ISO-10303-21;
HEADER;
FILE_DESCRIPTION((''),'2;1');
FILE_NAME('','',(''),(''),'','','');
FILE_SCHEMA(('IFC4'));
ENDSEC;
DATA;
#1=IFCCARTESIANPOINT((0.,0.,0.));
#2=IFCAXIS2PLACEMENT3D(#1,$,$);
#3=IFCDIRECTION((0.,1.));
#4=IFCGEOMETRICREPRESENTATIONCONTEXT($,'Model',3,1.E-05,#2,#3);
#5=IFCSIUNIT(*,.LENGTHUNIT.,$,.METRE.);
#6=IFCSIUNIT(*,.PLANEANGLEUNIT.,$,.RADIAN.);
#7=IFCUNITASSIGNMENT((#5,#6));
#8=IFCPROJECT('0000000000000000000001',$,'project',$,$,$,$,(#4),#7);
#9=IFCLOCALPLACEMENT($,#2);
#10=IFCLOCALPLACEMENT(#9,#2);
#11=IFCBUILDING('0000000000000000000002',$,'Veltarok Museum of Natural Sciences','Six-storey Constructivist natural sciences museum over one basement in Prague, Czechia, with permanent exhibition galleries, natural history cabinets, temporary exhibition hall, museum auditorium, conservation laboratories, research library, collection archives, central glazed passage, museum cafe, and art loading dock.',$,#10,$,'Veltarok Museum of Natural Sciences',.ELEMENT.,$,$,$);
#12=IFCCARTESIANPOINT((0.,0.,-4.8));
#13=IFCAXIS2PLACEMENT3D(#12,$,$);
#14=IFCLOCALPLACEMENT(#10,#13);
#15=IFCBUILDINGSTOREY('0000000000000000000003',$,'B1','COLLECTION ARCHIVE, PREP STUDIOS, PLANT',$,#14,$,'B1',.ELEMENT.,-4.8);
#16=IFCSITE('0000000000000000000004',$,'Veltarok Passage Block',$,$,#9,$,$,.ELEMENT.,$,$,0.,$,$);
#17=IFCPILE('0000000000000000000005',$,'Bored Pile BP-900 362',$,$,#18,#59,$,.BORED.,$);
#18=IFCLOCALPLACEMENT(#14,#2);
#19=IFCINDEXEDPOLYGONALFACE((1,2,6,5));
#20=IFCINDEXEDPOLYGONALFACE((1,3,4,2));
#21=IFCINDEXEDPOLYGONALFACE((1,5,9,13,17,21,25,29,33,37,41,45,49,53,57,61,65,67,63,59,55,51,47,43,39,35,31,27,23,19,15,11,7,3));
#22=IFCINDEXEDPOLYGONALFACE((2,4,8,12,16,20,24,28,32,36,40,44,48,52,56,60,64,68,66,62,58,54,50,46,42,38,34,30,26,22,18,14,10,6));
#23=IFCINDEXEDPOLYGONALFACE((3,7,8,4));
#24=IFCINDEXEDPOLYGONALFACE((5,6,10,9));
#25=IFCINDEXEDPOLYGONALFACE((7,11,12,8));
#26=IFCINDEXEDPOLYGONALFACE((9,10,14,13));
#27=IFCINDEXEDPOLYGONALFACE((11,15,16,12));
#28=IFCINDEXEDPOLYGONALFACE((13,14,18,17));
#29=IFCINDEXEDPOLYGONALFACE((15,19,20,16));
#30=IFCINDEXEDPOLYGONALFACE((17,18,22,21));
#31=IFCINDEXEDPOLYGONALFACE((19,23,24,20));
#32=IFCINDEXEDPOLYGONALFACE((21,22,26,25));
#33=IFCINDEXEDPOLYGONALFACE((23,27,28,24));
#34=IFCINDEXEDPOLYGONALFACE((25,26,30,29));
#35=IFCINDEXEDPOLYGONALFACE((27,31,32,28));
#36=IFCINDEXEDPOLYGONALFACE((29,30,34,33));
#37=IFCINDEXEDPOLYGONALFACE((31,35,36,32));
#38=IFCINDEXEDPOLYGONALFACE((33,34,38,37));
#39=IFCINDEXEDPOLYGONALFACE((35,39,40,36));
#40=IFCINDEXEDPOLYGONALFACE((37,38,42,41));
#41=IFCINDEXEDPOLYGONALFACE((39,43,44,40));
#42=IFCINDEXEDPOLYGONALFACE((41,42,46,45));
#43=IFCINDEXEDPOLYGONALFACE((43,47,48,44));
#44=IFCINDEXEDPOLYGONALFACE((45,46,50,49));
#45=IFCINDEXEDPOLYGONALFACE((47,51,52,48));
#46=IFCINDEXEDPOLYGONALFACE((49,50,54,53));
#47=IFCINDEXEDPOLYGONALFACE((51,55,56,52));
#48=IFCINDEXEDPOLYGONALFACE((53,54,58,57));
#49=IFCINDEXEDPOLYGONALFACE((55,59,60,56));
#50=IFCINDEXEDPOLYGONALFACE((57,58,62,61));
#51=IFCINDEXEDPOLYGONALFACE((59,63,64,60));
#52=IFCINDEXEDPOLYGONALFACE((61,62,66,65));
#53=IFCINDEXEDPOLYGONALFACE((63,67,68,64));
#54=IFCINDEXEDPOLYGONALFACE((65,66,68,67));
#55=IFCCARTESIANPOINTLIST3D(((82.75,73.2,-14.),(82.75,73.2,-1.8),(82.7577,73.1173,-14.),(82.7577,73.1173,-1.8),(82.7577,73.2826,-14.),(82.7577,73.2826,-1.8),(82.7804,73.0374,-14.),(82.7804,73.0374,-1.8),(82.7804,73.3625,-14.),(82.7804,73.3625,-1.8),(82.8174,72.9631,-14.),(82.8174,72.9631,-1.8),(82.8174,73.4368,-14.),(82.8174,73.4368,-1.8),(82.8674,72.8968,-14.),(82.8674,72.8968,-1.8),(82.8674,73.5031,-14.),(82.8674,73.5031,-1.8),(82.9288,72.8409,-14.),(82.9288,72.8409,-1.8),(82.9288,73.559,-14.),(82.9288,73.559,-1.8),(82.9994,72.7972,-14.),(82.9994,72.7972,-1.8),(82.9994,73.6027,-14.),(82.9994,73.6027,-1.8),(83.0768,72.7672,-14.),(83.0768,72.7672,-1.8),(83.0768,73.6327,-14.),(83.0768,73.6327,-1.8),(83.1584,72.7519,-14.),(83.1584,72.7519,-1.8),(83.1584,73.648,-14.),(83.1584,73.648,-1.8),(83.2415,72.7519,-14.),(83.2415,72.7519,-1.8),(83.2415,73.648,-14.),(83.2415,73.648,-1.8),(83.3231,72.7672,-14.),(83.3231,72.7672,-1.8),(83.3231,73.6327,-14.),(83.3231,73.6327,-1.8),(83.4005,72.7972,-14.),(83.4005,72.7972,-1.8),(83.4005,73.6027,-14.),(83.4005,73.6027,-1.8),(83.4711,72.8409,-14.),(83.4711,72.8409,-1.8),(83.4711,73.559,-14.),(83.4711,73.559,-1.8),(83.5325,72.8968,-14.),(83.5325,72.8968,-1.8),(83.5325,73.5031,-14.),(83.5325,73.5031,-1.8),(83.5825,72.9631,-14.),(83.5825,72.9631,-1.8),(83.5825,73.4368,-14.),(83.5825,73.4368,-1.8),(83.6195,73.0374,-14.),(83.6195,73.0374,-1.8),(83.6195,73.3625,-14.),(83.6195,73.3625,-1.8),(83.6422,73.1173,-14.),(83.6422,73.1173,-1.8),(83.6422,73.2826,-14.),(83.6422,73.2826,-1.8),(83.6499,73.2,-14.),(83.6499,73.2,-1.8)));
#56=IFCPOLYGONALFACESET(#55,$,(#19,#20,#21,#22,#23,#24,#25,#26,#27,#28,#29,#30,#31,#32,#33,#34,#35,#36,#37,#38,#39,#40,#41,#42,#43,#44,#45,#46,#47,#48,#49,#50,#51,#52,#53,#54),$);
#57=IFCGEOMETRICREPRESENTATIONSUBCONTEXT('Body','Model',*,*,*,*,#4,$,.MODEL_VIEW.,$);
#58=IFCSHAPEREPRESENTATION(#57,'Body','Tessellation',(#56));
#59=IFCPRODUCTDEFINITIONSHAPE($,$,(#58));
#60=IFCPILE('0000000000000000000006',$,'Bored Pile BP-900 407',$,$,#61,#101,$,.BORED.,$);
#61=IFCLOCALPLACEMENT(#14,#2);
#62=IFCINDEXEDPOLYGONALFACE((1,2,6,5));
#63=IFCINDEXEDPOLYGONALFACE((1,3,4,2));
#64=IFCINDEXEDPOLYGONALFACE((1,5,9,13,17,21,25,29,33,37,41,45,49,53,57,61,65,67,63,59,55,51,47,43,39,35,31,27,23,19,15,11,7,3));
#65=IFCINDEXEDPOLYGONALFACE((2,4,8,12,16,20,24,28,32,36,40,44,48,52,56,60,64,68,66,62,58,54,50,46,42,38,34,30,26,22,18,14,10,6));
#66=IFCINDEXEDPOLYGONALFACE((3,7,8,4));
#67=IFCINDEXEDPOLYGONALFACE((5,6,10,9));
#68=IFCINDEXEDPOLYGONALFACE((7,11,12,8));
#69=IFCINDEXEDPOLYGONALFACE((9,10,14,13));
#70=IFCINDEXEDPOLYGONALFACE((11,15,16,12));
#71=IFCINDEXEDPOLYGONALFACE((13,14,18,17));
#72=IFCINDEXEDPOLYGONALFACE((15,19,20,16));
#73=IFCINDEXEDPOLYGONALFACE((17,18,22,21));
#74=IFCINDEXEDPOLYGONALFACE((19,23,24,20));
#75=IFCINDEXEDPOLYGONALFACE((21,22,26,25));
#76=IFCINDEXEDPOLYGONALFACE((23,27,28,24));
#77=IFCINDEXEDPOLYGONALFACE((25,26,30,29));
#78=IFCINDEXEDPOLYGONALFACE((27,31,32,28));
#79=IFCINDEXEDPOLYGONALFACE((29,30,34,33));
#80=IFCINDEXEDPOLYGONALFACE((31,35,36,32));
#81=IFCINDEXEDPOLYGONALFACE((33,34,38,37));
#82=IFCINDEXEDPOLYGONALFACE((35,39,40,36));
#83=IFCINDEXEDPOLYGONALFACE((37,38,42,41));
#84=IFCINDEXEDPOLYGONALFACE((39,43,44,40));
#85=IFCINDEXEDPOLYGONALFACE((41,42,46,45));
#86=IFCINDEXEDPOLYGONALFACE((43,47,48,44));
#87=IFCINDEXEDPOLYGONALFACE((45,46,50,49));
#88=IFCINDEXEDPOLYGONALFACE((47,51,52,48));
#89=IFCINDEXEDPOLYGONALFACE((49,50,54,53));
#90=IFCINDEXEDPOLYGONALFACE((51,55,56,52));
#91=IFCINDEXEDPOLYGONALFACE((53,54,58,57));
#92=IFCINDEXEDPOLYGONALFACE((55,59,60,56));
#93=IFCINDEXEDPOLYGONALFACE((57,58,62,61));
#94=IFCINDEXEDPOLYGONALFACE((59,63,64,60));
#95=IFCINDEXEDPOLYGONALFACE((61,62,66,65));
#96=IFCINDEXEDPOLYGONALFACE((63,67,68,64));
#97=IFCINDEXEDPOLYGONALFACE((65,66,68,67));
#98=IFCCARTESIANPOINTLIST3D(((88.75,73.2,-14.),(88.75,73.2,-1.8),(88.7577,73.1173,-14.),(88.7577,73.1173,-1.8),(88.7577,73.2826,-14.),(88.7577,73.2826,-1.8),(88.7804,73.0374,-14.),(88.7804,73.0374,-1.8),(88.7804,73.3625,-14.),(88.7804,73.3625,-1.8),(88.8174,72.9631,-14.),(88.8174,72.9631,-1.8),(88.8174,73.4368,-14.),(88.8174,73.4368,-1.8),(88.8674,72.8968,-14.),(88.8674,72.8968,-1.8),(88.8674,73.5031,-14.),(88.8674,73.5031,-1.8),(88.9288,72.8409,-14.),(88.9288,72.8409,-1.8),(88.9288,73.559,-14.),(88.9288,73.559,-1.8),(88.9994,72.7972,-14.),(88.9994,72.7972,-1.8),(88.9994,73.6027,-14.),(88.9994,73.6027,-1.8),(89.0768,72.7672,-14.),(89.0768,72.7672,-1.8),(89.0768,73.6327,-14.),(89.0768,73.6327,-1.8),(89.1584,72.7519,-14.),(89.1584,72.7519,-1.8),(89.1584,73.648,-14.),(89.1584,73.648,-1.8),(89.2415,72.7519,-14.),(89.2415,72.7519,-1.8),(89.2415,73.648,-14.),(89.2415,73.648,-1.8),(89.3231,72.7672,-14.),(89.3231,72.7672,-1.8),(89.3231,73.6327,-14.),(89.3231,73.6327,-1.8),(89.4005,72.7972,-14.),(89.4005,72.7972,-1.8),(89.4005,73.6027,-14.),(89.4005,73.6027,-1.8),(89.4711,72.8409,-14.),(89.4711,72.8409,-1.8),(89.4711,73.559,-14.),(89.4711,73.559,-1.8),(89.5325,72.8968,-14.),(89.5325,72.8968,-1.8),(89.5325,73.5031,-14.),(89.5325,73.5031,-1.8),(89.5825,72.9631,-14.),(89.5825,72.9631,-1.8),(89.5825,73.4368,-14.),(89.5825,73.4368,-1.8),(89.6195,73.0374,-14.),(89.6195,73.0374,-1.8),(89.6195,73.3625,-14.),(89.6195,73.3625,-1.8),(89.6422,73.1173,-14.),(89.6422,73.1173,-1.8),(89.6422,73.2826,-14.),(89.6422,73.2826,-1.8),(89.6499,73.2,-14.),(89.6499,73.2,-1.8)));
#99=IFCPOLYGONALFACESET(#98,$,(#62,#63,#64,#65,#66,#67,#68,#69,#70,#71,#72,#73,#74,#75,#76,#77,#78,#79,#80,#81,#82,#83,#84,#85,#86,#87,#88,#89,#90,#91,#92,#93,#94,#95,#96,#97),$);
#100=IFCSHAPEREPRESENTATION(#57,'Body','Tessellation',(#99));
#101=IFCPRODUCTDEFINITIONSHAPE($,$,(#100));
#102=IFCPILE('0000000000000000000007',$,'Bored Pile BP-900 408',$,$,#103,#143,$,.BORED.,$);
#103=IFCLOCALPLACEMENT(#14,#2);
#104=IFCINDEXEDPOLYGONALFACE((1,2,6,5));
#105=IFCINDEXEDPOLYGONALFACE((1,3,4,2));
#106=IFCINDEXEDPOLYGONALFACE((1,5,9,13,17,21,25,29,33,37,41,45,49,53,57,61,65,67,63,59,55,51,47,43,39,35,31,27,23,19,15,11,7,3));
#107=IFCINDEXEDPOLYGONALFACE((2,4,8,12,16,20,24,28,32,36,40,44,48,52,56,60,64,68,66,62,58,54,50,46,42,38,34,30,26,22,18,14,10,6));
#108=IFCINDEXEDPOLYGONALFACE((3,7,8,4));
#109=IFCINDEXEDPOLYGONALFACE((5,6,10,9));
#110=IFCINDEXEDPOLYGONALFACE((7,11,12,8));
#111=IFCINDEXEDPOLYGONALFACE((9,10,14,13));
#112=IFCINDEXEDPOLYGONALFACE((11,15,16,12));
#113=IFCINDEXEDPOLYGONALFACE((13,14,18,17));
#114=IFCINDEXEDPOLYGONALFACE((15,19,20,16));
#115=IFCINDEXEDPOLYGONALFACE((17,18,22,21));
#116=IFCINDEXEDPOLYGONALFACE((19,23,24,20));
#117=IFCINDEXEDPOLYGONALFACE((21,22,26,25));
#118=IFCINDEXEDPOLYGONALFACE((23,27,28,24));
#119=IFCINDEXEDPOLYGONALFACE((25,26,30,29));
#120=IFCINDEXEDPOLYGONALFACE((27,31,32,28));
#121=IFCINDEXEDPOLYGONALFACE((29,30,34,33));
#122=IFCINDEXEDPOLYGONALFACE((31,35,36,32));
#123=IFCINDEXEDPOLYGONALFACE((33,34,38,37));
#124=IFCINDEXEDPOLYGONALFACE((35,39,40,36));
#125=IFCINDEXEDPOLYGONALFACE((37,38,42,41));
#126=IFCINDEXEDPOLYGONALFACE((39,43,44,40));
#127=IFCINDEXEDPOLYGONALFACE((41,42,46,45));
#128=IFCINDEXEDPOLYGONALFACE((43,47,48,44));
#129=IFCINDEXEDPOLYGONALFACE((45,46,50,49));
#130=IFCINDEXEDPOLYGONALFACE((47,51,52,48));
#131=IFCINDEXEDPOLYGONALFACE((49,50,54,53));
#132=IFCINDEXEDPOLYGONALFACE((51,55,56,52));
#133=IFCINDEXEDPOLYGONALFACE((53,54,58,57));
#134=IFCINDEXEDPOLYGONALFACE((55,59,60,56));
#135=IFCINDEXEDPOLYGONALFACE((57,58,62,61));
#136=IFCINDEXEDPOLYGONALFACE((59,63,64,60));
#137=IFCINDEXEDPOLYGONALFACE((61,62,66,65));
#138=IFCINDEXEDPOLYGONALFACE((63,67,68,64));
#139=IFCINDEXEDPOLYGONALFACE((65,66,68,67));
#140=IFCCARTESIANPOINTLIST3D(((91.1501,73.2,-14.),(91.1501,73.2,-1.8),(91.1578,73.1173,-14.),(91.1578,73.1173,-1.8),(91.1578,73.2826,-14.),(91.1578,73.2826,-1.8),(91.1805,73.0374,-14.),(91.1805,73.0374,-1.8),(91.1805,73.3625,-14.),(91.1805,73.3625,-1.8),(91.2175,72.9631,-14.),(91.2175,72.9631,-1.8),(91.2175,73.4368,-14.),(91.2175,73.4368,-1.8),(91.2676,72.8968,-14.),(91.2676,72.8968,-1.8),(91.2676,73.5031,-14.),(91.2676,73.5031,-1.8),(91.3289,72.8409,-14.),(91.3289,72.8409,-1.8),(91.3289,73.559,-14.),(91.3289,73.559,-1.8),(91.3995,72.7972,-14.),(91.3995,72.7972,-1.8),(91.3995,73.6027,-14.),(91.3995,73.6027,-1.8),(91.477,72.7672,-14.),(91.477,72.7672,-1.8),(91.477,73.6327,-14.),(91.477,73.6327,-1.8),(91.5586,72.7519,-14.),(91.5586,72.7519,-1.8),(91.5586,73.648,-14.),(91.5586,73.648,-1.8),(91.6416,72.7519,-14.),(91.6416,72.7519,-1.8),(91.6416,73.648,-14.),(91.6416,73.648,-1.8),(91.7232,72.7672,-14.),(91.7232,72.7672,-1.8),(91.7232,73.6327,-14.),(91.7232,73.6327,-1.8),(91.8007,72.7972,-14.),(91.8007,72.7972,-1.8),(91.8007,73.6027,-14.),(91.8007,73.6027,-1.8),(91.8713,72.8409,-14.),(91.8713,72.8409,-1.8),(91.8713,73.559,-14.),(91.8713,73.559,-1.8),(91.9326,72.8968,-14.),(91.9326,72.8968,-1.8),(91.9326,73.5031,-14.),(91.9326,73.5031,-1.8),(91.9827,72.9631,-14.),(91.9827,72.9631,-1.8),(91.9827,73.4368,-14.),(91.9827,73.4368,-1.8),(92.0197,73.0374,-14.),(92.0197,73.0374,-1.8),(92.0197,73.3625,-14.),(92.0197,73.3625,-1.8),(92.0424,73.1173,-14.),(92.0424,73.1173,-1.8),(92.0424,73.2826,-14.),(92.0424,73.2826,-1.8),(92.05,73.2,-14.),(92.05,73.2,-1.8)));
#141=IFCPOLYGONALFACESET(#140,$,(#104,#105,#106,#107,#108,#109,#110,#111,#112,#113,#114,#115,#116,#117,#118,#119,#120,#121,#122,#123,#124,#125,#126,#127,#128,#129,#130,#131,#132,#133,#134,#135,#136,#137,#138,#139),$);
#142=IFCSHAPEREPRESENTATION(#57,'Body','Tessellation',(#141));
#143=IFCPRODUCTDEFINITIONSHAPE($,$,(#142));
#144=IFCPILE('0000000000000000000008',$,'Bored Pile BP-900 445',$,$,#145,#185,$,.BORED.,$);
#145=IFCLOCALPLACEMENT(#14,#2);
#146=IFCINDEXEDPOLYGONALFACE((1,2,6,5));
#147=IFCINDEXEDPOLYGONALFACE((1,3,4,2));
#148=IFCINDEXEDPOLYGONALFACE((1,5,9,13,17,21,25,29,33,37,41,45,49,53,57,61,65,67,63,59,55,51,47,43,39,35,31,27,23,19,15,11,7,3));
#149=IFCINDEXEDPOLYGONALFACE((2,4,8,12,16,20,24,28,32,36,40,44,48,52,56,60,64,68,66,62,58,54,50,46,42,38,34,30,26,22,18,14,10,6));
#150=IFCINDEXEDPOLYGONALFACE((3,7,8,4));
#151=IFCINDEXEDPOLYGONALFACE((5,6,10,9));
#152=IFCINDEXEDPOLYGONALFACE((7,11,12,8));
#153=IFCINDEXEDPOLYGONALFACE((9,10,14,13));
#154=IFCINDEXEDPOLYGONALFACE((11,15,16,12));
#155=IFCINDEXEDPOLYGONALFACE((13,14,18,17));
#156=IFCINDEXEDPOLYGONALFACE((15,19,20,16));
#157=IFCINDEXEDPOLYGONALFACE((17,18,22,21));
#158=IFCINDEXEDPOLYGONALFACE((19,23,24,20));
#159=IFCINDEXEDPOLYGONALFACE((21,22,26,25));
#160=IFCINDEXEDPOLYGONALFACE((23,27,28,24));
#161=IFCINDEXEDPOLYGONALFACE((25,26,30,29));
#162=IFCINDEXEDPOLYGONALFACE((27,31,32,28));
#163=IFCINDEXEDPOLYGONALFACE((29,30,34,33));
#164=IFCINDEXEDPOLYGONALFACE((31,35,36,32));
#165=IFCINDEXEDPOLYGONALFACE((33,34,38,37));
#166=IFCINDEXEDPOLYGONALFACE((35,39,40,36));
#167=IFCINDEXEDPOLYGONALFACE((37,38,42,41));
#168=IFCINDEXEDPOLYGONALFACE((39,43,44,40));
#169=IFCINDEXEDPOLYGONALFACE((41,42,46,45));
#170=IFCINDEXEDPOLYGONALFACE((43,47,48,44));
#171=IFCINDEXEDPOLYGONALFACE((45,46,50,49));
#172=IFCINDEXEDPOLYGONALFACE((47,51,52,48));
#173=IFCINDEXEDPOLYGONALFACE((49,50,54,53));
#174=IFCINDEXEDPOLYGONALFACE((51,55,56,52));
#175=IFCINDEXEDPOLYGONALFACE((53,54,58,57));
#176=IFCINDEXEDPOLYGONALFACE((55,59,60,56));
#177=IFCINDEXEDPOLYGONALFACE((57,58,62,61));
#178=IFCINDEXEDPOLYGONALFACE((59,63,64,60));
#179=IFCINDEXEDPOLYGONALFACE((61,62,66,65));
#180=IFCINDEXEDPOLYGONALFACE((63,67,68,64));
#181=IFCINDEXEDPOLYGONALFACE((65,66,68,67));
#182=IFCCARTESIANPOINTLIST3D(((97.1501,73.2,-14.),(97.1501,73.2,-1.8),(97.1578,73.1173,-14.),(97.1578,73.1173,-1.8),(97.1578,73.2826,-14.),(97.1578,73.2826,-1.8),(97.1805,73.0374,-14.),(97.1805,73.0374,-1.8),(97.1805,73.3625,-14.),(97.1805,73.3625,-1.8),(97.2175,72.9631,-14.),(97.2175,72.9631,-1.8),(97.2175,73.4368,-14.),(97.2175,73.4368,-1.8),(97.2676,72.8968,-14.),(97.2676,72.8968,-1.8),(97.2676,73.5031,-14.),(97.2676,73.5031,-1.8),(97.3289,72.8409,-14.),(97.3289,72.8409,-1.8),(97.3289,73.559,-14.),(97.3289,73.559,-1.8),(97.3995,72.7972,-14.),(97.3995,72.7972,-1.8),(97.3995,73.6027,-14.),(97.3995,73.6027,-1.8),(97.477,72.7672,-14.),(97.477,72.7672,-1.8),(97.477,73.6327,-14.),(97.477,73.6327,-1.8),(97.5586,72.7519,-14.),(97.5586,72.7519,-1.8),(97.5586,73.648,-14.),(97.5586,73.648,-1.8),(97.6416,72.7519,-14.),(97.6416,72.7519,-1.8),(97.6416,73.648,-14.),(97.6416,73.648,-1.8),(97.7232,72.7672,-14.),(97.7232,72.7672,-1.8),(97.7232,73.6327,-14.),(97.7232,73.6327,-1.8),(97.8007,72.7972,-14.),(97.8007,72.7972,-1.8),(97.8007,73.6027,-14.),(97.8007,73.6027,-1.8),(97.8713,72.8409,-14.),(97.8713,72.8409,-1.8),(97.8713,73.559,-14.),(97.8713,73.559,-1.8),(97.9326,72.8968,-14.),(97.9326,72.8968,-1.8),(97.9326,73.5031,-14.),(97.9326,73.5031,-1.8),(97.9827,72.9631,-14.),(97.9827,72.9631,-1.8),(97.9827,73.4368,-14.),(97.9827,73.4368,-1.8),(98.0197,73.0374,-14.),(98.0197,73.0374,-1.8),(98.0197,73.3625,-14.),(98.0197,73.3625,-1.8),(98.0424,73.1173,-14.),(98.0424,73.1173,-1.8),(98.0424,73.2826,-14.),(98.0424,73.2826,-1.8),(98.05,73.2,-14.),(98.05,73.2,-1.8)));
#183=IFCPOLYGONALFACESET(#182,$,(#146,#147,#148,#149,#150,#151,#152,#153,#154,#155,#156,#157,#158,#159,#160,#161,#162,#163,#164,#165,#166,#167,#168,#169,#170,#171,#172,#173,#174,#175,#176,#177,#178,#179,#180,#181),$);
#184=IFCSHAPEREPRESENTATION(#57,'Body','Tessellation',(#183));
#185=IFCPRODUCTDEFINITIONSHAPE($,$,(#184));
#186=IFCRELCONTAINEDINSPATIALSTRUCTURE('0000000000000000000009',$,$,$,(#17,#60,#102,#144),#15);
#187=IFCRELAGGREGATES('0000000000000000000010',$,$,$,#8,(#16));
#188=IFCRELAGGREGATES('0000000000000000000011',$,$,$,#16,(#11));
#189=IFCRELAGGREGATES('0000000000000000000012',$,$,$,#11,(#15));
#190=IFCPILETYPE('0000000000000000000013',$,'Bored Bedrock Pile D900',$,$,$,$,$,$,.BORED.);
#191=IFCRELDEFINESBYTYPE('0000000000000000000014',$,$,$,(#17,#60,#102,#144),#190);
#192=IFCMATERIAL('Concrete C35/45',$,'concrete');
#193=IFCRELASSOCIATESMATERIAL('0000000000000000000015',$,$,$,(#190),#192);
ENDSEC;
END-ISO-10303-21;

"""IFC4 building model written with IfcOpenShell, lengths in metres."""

from ifc_helpers import new_model, si_unit, direction, frame, origin, origin_2d, place, context, subcontext, project, spatial, circle, extrude, material, material_profile, profile_set, type_object, element, save


model = new_model("IFC4")

# Units and contexts
model_context = context("Model", 3, precision=1e-05, world=origin(), true_north=direction((0.0, 1.0)))
body_context = subcontext(model_context, "Body", "Model", "MODEL_VIEW")
ifc_project = project(units=[si_unit("LENGTHUNIT", "METRE"), si_unit("PLANEANGLEUNIT", "RADIAN")], contexts=[model_context])

# Site, building, storey
site_placement = place(None, origin())
site = spatial("IfcSite", under=ifc_project, at=site_placement, Name="Veltarok Passage Block", CompositionType="ELEMENT", RefElevation=0.0)
building_placement = place(site_placement, origin())
building = spatial("IfcBuilding", under=site, at=building_placement, Name="Veltarok Museum of Natural Sciences", Description="Six-storey Constructivist natural sciences museum over one basement in Prague, Czechia, with permanent exhibition galleries, natural history cabinets, temporary exhibition hall, museum auditorium, conservation laboratories, research library, collection archives, central glazed passage, museum cafe, and art loading dock.", LongName="Veltarok Museum of Natural Sciences", CompositionType="ELEMENT")
storey_placement = place(building_placement, frame((0.0, 0.0, -4.8)))
storey = spatial("IfcBuildingStorey", under=building, at=storey_placement, Name="B1", Description="COLLECTION ARCHIVE, PREP STUDIOS, PLANT", LongName="B1", CompositionType="ELEMENT", Elevation=-4.8)

# Piles
ifc_material_1 = material(Name="Concrete C35/45", Category="concrete")
ifc_material_profile_1 = material_profile(ifc_material_1, circle(Radius=0.45, at=origin_2d()), Name="BP D900")
ifc_profile_set_1 = profile_set([ifc_material_profile_1], Name="Concrete C35/45")
pile_type_1 = type_object("IfcPileType", Name="Bored Bedrock Pile D900", PredefinedType="BORED", material=ifc_profile_set_1)
for number, where, z_axis, x_axis, name in (
    (1, (83.2, 73.2, -1.8), (0.0, 0.0, -1.0), (1.0, 0.0, 0.0), "Bored Pile BP-900 362"),
    (2, (89.2, 73.2, -1.8), (0.0, 0.0, -1.0), (1.0, 0.0, 0.0), "Bored Pile BP-900 407"),
    (3, (91.6001, 73.2, -1.8), (0.0, 0.0, -1.0), (1.0, 0.0, 0.0), "Bored Pile BP-900 408"),
    (4, (97.6001, 73.2, -1.8), (0.0, 0.0, -1.0), (1.0, 0.0, 0.0), "Bored Pile BP-900 445"),
):
    element("IfcPile", number, at=place(storey_placement, frame(where, z_axis=z_axis, x_axis=x_axis)), inside=storey, type_object=pile_type_1, Name=name, PredefinedType="BORED", context=body_context, shape_type="SweptSolid", body=[
        extrude(circle(Radius=0.45, at=origin_2d()), origin(), (0.0, 0.0, 1.0), 12.2),
    ])

save(model, "model.ifc")
